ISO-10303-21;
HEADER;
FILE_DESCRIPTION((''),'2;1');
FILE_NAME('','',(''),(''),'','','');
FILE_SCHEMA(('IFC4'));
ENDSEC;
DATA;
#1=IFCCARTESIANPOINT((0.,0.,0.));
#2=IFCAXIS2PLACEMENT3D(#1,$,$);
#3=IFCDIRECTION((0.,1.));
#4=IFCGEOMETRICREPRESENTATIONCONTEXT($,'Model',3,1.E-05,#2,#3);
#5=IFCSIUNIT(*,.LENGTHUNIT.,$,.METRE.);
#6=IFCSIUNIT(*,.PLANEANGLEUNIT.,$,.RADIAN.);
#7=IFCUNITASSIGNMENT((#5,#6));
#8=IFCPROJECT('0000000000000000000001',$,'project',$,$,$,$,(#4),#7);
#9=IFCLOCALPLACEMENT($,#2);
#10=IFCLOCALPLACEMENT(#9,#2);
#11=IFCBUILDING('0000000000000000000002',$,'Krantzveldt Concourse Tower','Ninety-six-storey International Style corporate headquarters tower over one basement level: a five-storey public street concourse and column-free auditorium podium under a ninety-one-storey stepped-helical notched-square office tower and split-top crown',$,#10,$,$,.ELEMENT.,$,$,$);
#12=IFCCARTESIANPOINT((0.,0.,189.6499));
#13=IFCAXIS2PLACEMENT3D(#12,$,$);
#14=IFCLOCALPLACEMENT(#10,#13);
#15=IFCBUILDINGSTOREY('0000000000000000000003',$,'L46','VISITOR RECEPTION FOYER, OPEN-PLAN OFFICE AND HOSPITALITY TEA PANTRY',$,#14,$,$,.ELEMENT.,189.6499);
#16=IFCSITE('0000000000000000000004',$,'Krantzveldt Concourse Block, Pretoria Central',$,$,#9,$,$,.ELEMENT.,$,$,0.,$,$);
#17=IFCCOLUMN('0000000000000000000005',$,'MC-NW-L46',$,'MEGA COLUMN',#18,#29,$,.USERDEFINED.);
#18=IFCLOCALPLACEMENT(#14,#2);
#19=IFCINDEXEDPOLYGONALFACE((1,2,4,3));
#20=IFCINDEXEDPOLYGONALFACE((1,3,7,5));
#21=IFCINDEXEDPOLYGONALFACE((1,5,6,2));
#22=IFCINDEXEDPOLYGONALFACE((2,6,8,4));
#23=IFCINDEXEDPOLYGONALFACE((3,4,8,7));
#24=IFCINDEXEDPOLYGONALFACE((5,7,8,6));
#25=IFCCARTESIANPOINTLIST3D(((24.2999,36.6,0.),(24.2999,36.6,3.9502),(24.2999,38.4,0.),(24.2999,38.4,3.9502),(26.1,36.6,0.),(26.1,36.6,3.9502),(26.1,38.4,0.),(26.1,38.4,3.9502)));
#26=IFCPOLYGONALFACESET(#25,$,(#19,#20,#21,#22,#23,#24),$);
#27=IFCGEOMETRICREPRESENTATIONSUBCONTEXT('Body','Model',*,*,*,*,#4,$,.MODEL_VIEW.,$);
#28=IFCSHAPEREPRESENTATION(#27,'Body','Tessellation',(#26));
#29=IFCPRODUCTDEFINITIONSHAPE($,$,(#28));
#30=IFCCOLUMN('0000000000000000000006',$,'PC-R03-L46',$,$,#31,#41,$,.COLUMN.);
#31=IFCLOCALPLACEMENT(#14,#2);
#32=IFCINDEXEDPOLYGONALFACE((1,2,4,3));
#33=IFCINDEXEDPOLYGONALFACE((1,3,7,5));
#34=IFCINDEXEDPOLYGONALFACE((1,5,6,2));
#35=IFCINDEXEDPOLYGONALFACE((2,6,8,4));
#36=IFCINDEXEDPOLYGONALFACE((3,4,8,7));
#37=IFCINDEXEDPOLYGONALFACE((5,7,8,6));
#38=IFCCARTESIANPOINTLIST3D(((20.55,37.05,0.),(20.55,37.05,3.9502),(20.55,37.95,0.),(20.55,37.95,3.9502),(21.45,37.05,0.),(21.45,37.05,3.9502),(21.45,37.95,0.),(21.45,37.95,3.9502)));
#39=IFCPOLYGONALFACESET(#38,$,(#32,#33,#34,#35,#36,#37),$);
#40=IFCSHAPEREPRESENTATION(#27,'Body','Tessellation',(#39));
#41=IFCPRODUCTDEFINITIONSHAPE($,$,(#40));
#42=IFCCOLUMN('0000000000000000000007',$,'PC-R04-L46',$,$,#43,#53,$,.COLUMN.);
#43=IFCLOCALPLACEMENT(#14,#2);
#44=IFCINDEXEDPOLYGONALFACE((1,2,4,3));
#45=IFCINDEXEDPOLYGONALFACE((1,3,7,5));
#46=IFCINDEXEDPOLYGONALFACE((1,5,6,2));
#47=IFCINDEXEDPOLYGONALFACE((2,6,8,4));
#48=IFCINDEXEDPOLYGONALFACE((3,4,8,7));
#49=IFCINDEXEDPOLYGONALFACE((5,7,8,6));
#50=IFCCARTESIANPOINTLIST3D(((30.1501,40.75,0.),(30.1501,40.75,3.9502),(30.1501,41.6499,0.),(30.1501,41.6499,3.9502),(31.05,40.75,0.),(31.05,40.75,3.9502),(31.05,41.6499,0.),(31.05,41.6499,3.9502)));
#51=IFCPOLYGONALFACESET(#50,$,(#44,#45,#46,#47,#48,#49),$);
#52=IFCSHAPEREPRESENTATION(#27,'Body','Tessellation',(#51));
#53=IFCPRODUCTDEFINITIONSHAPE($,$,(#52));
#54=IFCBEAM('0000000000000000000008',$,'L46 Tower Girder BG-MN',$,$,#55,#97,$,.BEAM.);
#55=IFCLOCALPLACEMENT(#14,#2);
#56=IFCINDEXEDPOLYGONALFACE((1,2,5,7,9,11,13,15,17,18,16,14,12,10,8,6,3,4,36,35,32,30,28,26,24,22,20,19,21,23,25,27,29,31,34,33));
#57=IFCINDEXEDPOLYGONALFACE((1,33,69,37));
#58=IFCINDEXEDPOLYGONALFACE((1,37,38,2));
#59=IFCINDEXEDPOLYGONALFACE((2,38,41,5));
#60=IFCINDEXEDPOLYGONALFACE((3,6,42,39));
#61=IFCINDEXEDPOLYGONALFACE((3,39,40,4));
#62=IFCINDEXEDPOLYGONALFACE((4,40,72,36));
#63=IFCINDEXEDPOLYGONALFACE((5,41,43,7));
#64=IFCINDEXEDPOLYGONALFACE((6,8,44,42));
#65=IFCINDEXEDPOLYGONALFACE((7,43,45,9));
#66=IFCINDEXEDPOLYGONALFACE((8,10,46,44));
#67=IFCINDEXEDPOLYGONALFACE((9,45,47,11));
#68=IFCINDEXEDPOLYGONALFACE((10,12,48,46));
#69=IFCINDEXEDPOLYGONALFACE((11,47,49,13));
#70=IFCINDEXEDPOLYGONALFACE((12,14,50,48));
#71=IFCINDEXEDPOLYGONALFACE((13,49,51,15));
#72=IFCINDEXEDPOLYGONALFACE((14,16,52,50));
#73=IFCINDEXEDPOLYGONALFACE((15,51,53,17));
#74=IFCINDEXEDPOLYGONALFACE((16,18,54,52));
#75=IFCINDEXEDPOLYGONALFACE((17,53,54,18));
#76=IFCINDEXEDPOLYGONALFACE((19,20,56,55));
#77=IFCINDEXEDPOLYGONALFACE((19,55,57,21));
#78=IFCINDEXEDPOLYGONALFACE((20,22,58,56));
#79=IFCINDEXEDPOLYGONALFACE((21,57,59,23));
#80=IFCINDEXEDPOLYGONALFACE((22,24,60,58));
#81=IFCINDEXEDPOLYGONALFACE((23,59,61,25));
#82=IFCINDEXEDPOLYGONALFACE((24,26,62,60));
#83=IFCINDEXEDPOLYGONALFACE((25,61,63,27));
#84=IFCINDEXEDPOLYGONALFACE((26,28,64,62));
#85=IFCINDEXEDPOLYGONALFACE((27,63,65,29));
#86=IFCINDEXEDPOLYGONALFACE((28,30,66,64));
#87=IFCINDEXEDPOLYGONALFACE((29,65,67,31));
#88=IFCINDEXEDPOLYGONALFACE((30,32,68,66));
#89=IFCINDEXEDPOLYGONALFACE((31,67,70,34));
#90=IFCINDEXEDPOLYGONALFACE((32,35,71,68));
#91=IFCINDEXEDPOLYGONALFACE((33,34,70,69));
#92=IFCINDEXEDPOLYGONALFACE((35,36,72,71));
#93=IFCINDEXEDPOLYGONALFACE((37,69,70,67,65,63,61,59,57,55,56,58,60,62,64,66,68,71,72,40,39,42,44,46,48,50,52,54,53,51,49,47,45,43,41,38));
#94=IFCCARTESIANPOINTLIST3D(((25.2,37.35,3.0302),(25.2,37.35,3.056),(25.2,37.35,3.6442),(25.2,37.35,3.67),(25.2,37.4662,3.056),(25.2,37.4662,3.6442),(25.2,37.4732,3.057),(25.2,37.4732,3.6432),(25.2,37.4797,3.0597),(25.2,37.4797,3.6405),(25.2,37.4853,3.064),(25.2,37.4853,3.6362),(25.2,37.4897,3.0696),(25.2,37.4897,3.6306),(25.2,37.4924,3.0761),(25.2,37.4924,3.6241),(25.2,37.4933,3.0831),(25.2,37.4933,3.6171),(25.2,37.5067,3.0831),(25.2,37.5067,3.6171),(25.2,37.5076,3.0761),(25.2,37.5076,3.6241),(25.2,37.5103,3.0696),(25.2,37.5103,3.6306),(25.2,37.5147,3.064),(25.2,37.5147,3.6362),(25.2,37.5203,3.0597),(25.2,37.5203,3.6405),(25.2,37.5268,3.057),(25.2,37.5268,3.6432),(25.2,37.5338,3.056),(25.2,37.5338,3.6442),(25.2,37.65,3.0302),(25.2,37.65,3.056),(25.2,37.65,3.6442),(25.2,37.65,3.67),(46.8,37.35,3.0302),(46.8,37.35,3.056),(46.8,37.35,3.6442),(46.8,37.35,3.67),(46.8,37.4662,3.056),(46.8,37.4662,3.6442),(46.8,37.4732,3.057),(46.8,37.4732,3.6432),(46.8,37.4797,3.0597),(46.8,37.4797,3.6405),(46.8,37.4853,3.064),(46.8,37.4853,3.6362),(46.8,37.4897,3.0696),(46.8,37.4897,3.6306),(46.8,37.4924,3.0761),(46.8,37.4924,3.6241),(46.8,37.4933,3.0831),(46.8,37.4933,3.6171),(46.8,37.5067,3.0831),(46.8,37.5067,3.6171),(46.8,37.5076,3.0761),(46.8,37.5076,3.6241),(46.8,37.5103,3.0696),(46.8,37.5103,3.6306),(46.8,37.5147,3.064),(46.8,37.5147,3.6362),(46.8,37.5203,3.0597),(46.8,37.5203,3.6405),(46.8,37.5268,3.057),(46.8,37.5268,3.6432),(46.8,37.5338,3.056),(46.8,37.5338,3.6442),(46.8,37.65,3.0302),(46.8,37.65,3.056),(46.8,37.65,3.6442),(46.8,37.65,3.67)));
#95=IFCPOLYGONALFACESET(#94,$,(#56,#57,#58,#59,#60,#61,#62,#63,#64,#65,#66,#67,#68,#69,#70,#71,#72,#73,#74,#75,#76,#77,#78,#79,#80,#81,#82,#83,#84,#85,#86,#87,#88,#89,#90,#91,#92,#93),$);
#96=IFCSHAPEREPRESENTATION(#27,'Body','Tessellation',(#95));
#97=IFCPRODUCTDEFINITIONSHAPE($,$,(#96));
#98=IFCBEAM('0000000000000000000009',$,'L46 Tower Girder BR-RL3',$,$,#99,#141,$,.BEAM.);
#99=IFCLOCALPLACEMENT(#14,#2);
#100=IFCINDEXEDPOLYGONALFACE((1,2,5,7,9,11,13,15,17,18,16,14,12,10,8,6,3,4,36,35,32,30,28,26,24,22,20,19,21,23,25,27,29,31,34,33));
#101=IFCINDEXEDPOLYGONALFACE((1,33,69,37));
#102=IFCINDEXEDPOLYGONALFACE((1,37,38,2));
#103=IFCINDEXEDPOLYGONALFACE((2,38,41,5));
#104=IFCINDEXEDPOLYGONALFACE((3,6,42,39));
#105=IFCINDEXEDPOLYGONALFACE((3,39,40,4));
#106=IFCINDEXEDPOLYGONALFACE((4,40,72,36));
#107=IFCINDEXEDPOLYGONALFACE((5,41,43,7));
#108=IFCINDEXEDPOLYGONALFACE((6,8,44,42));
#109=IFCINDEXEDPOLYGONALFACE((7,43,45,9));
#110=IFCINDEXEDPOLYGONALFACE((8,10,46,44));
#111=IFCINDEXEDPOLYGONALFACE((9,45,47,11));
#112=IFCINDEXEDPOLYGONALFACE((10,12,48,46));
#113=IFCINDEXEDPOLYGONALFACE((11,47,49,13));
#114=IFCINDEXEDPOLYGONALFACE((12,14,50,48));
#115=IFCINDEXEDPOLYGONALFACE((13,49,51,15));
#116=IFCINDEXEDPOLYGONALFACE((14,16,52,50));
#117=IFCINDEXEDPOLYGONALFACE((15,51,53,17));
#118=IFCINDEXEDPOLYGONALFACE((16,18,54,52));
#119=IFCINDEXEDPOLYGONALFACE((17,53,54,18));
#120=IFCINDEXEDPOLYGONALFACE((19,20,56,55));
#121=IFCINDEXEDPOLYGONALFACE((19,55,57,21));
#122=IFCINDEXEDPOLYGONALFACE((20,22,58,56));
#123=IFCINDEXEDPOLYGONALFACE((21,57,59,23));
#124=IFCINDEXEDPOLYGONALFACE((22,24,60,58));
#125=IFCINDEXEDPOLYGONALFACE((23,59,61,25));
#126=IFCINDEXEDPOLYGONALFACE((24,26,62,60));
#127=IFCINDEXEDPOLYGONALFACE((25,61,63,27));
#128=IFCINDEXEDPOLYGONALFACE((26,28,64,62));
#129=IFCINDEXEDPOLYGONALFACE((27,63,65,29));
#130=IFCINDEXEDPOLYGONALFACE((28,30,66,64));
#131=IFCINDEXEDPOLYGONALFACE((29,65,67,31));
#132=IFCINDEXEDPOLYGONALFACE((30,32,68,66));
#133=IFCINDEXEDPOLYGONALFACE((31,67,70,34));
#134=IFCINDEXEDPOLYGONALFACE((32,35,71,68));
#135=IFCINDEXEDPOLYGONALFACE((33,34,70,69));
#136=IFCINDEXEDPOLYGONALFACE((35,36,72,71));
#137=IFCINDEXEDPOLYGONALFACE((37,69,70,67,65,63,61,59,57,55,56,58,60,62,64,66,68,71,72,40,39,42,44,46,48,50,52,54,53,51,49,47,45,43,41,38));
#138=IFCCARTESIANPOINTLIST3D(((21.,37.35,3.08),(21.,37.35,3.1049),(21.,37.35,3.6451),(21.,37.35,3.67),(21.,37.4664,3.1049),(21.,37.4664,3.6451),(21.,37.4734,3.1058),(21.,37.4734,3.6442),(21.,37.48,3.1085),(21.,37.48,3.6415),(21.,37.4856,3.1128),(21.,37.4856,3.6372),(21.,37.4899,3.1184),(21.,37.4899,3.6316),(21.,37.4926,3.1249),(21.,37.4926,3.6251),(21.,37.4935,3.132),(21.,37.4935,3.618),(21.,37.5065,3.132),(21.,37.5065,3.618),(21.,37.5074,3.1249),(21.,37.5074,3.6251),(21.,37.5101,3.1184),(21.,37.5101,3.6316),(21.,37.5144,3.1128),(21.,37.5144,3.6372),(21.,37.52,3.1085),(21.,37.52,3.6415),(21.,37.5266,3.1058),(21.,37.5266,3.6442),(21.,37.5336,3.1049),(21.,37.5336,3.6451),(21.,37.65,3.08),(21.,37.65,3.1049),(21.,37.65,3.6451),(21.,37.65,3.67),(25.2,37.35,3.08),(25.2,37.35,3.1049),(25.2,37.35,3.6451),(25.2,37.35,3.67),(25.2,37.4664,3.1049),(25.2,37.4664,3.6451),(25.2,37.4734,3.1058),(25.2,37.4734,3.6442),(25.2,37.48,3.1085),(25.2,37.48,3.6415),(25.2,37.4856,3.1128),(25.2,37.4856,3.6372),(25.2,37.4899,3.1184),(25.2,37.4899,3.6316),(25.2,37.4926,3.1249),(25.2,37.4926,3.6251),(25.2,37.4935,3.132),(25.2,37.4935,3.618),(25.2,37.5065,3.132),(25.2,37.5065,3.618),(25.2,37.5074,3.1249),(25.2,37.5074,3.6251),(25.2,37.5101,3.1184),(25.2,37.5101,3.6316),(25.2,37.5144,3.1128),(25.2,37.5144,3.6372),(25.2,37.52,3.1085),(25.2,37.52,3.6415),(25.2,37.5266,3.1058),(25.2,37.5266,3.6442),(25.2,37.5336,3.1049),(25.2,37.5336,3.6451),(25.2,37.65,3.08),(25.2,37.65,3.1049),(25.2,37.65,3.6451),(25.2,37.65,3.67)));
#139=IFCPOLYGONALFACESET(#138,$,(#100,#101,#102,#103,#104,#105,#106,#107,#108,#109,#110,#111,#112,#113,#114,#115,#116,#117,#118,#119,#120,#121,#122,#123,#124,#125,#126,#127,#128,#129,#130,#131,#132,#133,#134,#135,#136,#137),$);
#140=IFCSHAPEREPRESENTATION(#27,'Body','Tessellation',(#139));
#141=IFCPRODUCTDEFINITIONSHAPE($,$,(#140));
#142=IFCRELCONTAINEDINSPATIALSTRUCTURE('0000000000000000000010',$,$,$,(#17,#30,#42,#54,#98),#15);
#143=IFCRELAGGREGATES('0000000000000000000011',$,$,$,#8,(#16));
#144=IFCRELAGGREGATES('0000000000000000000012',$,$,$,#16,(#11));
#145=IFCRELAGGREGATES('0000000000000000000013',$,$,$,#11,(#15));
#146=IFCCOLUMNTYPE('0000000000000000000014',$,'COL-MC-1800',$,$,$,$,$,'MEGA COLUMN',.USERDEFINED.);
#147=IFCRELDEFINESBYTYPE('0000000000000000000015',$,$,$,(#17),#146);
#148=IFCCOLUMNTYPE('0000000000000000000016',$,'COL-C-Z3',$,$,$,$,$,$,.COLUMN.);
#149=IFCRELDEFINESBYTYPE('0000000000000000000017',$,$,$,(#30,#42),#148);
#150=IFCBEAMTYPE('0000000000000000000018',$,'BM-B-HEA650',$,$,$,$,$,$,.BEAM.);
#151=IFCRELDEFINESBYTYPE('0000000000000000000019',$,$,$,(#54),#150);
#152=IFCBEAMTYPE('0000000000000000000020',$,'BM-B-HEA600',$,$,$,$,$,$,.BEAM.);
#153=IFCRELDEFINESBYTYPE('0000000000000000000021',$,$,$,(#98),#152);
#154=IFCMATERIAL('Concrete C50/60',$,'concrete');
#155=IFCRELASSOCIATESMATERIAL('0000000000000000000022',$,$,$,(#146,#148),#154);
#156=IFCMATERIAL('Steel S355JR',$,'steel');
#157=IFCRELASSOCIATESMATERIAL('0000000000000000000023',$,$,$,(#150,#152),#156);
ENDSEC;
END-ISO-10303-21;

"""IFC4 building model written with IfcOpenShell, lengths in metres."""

from ifc_helpers import new_model, si_unit, direction, frame, origin, origin_2d, place, context, subcontext, project, spatial, rectangle, i_section, extrude, source, transform, mapped, material, material_profile, profile_set, type_object, type_shapes, element, save


model = new_model("IFC4")

# Units and contexts
model_context = context("Model", 3, precision=1e-05, world=origin(), true_north=direction((0.0, 1.0)))
body_context = subcontext(model_context, "Body", "Model", "MODEL_VIEW")
ifc_project = project(units=[si_unit("LENGTHUNIT", "METRE"), si_unit("PLANEANGLEUNIT", "RADIAN")], contexts=[model_context])

# Site, building, storey
site_placement = place(None, origin())
site = spatial("IfcSite", under=ifc_project, at=site_placement, Name="Krantzveldt Concourse Block, Pretoria Central", CompositionType="ELEMENT", RefElevation=0.0)
building_placement = place(site_placement, origin())
building = spatial("IfcBuilding", under=site, at=building_placement, Name="Krantzveldt Concourse Tower", Description="Ninety-six-storey International Style corporate headquarters tower over one basement level: a five-storey public street concourse and column-free auditorium podium under a ninety-one-storey stepped-helical notched-square office tower and split-top crown", CompositionType="ELEMENT")
storey_placement = place(building_placement, frame((0.0, 0.0, 189.6499)))
storey = spatial("IfcBuildingStorey", under=building, at=storey_placement, Name="L46", Description="VISITOR RECEPTION FOYER, OPEN-PLAN OFFICE AND HOSPITALITY TEA PANTRY", CompositionType="ELEMENT", Elevation=189.6499)

# Columns
ifc_material_1 = material(Name="Concrete C50/60", Category="concrete")
ifc_material_profile_1 = material_profile(ifc_material_1, rectangle(XDim=1.8, YDim=1.8, at=origin_2d()), Name="Concrete C50/60", Category="concrete")
ifc_profile_set_1 = profile_set([ifc_material_profile_1], Name="Concrete C50/60 - RC 1800x1800")
column_type_1 = type_object("IfcColumnType", Name="COL-MC-1800", ElementType="MEGA COLUMN", PredefinedType="USERDEFINED", material=ifc_profile_set_1)
shared_shape_1 = source(origin(), body_context, "Body", "SweptSolid", [
    extrude(rectangle(XDim=1.8, YDim=1.8, at=origin_2d()), origin(), (0.0, 0.0, 1.0), 3.9502),
])
type_shapes(column_type_1, [shared_shape_1])
column_placement = place(storey_placement, frame((25.2, 37.5, 0.0), z_axis=(0.0, 0.0, 1.0), x_axis=(1.0, 0.0, 0.0)))
element("IfcColumn", 1, at=column_placement, inside=storey, type_object=column_type_1, Name="MC-NW-L46", ObjectType="MEGA COLUMN", PredefinedType="USERDEFINED", context=body_context, shape_type="MappedRepresentation", body=[
    mapped(shared_shape_1, transform((0.0, 0.0, 0.0), x_axis=(1.0, 0.0, 0.0), y_axis=(0.0, 1.0, 0.0), z_axis=(0.0, 0.0, 1.0), scale=1.0)),
])
ifc_material_profile_2 = material_profile(ifc_material_1, rectangle(XDim=0.8999, YDim=0.8999, at=origin_2d()), Name="Concrete C50/60", Category="concrete")
ifc_profile_set_2 = profile_set([ifc_material_profile_2], Name="Concrete C50/60 - RC 900x900")
column_type_2 = type_object("IfcColumnType", Name="COL-C-Z3", PredefinedType="COLUMN", material=ifc_profile_set_2)
shared_shape_2 = source(origin(), body_context, "Body", "SweptSolid", [
    extrude(rectangle(XDim=0.8999, YDim=0.8999, at=origin_2d()), origin(), (0.0, 0.0, 1.0), 3.9502),
])
type_shapes(column_type_2, [shared_shape_2])
for number, where, z_axis, x_axis, name in (
    (2, (21.0, 37.5, 0.0), (0.0, 0.0, 1.0), (1.0, 0.0, 0.0), "PC-R03-L46"),
    (3, (30.6001, 41.2, 0.0), (0.0, 0.0, 1.0), (1.0, 0.0, 0.0), "PC-R04-L46"),
):
    element("IfcColumn", number, at=place(storey_placement, frame(where, z_axis=z_axis, x_axis=x_axis)), inside=storey, type_object=column_type_2, Name=name, PredefinedType="COLUMN", context=body_context, shape_type="MappedRepresentation", body=[
        mapped(shared_shape_2, transform((0.0, 0.0, 0.0), x_axis=(1.0, 0.0, 0.0), y_axis=(0.0, 1.0, 0.0), z_axis=(0.0, 0.0, 1.0), scale=1.0)),
    ])

# Beams
ifc_material_2 = material(Name="Steel S355JR", Category="steel")
ifc_material_profile_3 = material_profile(ifc_material_2, i_section(OverallWidth=0.3, OverallDepth=0.6399, WebThickness=0.0134, FlangeThickness=0.0259, FilletRadius=0.0271, at=origin_2d()), Name="Steel S355JR", Category="steel")
ifc_profile_set_3 = profile_set([ifc_material_profile_3], Name="Steel S355JR - HEA 650")
beam_type_1 = type_object("IfcBeamType", Name="BM-B-HEA650", PredefinedType="BEAM", material=ifc_profile_set_3)
shared_shape_3 = source(origin(), body_context, "Body", "SweptSolid", [
    extrude(i_section(OverallWidth=0.3, OverallDepth=0.6399, WebThickness=0.0134, FlangeThickness=0.0259, FilletRadius=0.0271, at=origin_2d()), origin(), (0.0, 0.0, 1.0), 21.6001),
])
type_shapes(beam_type_1, [shared_shape_3])
beam_1_placement = place(storey_placement, frame((25.2, 37.5, 3.3501), z_axis=(1.0, 0.0, 0.0), x_axis=(0.0, 1.0, 0.0)))
element("IfcBeam", 4, at=beam_1_placement, inside=storey, type_object=beam_type_1, Name="L46 Tower Girder BG-MN", PredefinedType="BEAM", context=body_context, shape_type="MappedRepresentation", body=[
    mapped(shared_shape_3, transform((0.0, 0.0, 0.0), x_axis=(1.0, 0.0, 0.0), y_axis=(0.0, 1.0, 0.0), z_axis=(0.0, 0.0, 1.0), scale=1.0)),
])
ifc_material_profile_4 = material_profile(ifc_material_2, i_section(OverallWidth=0.3, OverallDepth=0.5901, WebThickness=0.0129, FlangeThickness=0.0249, FilletRadius=0.0271, at=origin_2d()), Name="Steel S355JR", Category="steel")
ifc_profile_set_4 = profile_set([ifc_material_profile_4], Name="Steel S355JR - HEA 600")
beam_type_2 = type_object("IfcBeamType", Name="BM-B-HEA600", PredefinedType="BEAM", material=ifc_profile_set_4)
shared_shape_4 = source(origin(), body_context, "Body", "SweptSolid", [
    extrude(i_section(OverallWidth=0.3, OverallDepth=0.5901, WebThickness=0.0129, FlangeThickness=0.0249, FilletRadius=0.0271, at=origin_2d()), origin(), (0.0, 0.0, 1.0), 4.2),
])
beam_2_placement = place(storey_placement, frame((21.0, 37.5, 3.375), z_axis=(1.0, 0.0, 0.0), x_axis=(0.0, 1.0, 0.0)))
element("IfcBeam", 5, at=beam_2_placement, inside=storey, type_object=beam_type_2, Name="L46 Tower Girder BR-RL3", PredefinedType="BEAM", context=body_context, shape_type="MappedRepresentation", body=[
    mapped(shared_shape_4, transform((0.0, 0.0, 0.0), x_axis=(1.0, 0.0, 0.0), y_axis=(0.0, 1.0, 0.0), z_axis=(0.0, 0.0, 1.0), scale=1.0)),
])

save(model, "model.ifc")
